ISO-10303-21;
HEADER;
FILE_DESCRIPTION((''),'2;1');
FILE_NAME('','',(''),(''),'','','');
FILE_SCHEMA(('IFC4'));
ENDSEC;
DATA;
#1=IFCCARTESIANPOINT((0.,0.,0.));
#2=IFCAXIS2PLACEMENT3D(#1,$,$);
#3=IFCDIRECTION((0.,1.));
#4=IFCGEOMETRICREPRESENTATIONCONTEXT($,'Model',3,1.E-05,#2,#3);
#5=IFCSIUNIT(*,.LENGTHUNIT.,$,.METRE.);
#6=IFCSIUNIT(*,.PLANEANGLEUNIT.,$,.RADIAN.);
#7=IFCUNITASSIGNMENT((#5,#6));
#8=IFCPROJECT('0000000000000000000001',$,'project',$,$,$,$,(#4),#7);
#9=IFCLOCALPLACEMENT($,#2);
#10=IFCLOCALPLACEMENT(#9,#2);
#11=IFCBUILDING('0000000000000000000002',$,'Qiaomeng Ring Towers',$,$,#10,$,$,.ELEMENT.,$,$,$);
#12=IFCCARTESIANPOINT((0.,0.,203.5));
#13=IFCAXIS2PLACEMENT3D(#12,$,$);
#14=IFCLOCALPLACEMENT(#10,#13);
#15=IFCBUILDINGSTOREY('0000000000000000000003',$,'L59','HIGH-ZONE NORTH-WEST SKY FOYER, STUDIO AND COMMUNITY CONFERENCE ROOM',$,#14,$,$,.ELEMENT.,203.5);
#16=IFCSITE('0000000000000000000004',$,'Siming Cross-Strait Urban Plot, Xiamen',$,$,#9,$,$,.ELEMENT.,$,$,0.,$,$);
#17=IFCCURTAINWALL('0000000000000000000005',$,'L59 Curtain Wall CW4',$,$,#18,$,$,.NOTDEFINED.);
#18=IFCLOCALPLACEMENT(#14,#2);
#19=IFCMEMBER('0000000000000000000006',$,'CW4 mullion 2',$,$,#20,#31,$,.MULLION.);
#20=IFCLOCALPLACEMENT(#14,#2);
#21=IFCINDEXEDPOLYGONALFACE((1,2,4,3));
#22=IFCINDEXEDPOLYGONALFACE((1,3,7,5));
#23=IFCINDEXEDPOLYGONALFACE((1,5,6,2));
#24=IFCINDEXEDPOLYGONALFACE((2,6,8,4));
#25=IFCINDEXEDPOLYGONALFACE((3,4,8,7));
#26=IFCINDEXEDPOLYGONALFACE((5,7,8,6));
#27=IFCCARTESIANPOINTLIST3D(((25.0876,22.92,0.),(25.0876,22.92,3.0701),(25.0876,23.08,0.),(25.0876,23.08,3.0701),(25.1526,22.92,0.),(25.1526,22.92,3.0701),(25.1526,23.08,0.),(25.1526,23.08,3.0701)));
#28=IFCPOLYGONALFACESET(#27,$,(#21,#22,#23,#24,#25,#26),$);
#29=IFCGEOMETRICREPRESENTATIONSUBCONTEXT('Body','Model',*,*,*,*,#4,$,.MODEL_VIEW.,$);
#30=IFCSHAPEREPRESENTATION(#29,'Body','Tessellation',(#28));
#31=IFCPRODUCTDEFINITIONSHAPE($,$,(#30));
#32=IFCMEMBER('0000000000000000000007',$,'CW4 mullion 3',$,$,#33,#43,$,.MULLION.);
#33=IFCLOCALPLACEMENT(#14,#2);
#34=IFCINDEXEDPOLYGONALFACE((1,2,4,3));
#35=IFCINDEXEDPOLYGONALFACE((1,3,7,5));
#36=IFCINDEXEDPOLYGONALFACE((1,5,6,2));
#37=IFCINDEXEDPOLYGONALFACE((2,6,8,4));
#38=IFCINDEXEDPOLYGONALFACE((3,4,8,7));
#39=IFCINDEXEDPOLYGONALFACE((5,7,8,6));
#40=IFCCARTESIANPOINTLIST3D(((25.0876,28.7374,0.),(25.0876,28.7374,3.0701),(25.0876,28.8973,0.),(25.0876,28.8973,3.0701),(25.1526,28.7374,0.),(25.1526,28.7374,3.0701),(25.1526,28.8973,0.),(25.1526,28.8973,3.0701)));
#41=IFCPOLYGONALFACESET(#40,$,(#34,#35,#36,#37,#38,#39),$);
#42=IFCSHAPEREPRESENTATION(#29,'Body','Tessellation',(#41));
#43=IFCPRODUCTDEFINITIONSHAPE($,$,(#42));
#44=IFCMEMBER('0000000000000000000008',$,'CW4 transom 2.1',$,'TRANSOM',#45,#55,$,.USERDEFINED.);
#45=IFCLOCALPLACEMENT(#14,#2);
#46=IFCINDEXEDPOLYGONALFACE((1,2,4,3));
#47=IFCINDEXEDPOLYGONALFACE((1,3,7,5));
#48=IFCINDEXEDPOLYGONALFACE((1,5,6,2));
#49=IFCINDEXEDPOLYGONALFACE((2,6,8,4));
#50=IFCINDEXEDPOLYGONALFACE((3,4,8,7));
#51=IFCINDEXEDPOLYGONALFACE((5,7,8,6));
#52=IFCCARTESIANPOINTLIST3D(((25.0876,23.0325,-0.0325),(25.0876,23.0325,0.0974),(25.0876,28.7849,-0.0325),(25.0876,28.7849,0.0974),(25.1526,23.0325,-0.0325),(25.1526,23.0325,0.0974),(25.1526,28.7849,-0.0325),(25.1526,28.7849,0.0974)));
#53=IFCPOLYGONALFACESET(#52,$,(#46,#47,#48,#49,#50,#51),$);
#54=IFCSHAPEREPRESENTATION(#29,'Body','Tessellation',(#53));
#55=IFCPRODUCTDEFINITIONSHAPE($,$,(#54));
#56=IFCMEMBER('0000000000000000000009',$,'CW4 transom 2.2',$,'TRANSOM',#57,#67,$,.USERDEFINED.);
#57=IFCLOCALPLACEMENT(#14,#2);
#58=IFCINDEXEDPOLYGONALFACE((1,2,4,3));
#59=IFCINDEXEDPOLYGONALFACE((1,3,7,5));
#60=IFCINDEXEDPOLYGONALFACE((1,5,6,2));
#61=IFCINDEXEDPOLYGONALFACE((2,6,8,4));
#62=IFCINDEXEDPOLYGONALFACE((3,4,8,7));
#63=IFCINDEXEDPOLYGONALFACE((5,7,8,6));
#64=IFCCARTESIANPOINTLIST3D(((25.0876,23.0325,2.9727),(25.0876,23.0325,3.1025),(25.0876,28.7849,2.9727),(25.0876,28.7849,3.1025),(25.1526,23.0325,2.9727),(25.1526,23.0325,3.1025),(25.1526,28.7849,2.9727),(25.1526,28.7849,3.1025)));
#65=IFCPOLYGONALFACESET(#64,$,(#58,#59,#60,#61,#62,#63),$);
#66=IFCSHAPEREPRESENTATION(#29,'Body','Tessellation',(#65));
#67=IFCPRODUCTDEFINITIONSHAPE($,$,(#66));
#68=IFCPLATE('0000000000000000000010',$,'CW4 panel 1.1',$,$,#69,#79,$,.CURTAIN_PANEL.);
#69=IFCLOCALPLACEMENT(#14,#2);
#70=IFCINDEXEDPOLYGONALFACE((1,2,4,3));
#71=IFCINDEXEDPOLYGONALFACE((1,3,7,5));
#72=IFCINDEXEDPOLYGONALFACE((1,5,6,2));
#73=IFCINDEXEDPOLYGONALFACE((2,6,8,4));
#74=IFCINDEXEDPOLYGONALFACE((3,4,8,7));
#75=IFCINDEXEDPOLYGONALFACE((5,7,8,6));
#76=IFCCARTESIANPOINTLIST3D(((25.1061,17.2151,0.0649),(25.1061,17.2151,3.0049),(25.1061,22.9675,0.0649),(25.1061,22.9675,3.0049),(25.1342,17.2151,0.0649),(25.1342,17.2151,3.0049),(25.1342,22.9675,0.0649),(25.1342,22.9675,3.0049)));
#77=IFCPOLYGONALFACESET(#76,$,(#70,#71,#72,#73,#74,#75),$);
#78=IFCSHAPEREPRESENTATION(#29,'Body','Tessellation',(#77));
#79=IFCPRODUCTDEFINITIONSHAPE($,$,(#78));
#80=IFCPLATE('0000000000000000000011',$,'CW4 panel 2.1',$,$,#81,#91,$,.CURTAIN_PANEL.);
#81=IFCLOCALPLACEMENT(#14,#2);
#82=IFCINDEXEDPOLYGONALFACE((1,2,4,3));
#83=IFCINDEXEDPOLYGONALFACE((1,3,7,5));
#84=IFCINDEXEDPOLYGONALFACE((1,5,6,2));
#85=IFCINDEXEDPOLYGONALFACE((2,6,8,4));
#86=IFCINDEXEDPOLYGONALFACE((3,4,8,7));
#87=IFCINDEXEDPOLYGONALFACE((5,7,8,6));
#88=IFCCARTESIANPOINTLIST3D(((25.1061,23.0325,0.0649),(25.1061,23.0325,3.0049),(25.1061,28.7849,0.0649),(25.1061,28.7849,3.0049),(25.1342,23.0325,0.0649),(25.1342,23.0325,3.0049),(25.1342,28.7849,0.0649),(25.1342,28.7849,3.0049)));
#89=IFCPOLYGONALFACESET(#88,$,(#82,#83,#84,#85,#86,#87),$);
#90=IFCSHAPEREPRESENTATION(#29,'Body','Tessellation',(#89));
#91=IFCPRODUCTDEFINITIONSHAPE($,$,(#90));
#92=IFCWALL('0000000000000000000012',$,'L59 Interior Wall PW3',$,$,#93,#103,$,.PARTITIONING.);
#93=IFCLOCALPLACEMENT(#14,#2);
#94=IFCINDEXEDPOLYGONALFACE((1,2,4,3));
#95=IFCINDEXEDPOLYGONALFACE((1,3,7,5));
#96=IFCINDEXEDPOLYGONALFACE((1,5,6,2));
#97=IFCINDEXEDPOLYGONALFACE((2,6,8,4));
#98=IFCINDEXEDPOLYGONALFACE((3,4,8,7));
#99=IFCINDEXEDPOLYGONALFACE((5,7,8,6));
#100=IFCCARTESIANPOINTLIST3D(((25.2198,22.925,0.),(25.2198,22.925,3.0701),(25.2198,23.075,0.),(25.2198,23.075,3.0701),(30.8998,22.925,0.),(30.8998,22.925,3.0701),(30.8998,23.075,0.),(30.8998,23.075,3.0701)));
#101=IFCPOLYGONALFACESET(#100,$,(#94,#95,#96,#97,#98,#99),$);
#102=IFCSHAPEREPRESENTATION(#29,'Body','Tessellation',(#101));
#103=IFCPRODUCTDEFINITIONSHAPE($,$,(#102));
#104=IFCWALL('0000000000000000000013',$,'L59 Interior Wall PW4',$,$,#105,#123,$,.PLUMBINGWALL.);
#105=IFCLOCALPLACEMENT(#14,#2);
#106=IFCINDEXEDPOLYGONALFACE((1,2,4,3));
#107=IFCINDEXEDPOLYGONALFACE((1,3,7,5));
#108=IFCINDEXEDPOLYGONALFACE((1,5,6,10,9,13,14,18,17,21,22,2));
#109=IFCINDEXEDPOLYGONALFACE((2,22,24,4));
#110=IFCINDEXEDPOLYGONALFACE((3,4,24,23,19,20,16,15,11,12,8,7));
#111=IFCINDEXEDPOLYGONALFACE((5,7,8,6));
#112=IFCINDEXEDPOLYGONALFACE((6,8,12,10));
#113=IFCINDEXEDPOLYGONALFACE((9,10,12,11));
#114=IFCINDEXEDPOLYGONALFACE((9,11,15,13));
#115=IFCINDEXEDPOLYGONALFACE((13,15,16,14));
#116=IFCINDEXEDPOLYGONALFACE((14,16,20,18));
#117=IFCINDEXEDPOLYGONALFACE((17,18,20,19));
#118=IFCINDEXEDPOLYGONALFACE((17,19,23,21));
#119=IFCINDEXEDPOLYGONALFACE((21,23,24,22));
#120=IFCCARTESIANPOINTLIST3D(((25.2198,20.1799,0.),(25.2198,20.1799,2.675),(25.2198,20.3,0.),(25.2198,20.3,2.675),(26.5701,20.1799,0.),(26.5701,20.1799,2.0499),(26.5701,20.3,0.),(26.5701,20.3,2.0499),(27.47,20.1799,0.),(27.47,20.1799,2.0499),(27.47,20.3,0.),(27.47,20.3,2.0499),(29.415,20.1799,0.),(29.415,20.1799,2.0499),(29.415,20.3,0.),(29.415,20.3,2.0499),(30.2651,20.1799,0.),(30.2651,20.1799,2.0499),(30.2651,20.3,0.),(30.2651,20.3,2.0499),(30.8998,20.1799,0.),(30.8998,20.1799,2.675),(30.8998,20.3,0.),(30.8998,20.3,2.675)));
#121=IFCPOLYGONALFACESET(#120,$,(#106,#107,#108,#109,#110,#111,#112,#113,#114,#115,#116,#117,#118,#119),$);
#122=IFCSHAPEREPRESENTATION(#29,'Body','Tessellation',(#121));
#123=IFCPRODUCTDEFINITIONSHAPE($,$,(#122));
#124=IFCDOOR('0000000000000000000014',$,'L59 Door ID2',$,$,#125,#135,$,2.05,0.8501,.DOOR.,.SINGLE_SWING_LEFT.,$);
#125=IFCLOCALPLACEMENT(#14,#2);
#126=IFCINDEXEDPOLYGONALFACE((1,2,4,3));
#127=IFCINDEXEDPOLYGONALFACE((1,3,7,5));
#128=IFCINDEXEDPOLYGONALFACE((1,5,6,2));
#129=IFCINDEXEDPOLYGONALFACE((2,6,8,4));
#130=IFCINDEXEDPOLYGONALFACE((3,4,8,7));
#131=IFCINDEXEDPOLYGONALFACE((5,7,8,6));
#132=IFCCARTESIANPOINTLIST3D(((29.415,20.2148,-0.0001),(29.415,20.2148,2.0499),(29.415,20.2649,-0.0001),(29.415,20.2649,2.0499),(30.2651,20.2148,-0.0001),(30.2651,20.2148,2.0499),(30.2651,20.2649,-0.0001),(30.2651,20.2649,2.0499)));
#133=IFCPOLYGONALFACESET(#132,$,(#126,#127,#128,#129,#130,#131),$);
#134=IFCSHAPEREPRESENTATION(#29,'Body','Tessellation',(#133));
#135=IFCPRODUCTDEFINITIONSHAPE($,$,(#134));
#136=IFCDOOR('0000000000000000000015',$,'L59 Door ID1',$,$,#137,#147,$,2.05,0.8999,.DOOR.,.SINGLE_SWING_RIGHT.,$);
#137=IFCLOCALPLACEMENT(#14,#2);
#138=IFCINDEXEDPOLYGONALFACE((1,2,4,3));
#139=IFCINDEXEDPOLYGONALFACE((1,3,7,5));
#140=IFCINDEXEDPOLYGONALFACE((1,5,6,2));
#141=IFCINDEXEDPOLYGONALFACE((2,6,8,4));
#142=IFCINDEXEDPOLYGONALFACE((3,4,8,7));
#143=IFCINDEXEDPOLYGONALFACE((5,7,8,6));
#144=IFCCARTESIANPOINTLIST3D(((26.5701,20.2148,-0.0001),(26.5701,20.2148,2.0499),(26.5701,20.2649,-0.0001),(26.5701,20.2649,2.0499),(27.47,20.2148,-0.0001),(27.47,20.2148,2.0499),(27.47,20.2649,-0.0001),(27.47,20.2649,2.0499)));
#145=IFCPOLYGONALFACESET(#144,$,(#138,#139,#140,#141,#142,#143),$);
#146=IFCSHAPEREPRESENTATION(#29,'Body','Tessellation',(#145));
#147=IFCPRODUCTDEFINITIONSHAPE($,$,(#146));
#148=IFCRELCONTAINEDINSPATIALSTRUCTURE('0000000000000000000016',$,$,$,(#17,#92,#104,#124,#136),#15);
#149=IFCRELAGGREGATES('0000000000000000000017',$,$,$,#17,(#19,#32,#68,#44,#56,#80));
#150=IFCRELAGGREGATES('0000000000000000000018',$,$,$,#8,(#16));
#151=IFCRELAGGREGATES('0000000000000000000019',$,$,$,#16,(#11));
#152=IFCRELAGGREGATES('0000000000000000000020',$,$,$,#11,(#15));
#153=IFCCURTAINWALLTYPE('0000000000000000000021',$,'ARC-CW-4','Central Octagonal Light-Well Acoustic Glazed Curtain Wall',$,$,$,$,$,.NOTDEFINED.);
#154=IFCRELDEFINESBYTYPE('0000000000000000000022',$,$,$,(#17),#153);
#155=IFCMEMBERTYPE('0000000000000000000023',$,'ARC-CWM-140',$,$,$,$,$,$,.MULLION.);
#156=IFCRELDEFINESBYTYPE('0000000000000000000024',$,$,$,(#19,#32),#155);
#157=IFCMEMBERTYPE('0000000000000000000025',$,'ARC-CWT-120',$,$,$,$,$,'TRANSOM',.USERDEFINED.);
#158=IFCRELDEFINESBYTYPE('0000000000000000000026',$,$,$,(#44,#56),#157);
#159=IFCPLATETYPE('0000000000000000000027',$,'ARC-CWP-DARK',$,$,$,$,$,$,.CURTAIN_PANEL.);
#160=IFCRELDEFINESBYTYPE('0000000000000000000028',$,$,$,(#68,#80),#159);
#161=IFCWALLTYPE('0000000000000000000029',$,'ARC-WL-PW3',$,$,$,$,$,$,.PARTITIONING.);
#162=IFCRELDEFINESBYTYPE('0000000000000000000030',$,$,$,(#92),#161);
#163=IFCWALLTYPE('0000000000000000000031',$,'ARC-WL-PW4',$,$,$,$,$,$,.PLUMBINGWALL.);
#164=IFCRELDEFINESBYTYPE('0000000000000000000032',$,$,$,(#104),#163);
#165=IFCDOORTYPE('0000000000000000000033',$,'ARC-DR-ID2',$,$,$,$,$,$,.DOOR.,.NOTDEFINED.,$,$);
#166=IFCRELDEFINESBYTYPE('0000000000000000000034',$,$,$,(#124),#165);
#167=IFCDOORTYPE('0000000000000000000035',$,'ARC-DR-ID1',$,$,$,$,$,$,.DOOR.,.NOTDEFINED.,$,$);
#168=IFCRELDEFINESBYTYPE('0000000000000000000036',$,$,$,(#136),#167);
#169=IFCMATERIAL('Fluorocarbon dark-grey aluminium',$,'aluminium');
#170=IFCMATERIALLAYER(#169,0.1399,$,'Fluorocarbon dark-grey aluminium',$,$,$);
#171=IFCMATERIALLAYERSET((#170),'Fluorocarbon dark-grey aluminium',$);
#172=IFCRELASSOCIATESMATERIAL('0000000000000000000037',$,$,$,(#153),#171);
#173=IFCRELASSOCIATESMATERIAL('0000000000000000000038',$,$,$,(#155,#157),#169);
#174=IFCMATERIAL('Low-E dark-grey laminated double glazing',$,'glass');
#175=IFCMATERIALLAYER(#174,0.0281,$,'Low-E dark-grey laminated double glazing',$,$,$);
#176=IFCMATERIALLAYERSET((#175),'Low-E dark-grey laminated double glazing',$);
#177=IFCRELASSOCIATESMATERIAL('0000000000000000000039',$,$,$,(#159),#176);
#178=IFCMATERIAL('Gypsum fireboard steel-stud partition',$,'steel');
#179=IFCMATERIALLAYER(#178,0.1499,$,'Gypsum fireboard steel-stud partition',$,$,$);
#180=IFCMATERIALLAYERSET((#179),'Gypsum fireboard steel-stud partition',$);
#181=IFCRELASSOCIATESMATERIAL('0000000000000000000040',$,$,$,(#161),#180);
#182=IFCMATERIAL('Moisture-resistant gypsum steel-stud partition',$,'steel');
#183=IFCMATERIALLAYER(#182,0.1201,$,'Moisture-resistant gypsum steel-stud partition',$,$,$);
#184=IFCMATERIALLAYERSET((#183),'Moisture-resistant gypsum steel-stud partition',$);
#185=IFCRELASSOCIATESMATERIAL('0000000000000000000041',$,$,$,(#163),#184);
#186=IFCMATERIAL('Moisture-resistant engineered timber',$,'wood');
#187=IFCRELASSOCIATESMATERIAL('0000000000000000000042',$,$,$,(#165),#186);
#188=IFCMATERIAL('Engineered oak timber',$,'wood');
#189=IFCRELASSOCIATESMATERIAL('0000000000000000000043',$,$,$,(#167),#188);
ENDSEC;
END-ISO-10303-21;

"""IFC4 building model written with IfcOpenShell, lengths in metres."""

from ifc_helpers import new_model, si_unit, direction, frame, frame_2d, origin, origin_2d, place, context, subcontext, project, spatial, rectangle, extrude, source, transform, mapped, material, layer, layer_set, material_profile, profile_set, type_object, element, fill, aggregate, save


model = new_model("IFC4")

# Units and contexts
model_context = context("Model", 3, precision=1e-05, world=origin(), true_north=direction((0.0, 1.0)))
body_context = subcontext(model_context, "Body", "Model", "MODEL_VIEW")
ifc_project = project(units=[si_unit("LENGTHUNIT", "METRE"), si_unit("PLANEANGLEUNIT", "RADIAN")], contexts=[model_context])

# Site, building, storey
site_placement = place(None, origin())
site = spatial("IfcSite", under=ifc_project, at=site_placement, Name="Siming Cross-Strait Urban Plot, Xiamen", CompositionType="ELEMENT", RefElevation=0.0)
building_placement = place(site_placement, origin())
building = spatial("IfcBuilding", under=site, at=building_placement, Name="Qiaomeng Ring Towers", CompositionType="ELEMENT")
storey_placement = place(building_placement, frame((0.0, 0.0, 203.5)))
storey = spatial("IfcBuildingStorey", under=building, at=storey_placement, Name="L59", Description="HIGH-ZONE NORTH-WEST SKY FOYER, STUDIO AND COMMUNITY CONFERENCE ROOM", CompositionType="ELEMENT", Elevation=203.5)

# Curtain wall, members, plates
ifc_material_1 = material(Name="Fluorocarbon dark-grey aluminium", Category="aluminium")
ifc_layer_1 = layer(ifc_material_1, 0.1399, Name="Fluorocarbon dark-grey aluminium")
ifc_layer_set_1 = layer_set([ifc_layer_1], Name="Fluorocarbon dark-grey aluminium")
curtain_wall_type = type_object("IfcCurtainWallType", Name="ARC-CW-4", Description="Central Octagonal Light-Well Acoustic Glazed Curtain Wall", PredefinedType="NOTDEFINED", material=ifc_layer_set_1)
curtain_wall_placement = place(storey_placement, origin())
curtain_wall = element("IfcCurtainWall", 1, at=curtain_wall_placement, inside=storey, type_object=curtain_wall_type, Name="L59 Curtain Wall CW4", PredefinedType="NOTDEFINED")
ifc_material_profile_1 = material_profile(ifc_material_1, rectangle(XDim=0.0649, YDim=0.1599, at=origin_2d()), Name="ALU MULL 65x160")
ifc_profile_set_1 = profile_set([ifc_material_profile_1], Name="Fluorocarbon dark-grey aluminium")
member_type_1 = type_object("IfcMemberType", Name="ARC-CWM-140", PredefinedType="MULLION", material=ifc_profile_set_1)
shared_shape_1 = source(origin(), body_context, "Body", "SweptSolid", [
    extrude(rectangle(XDim=0.0649, YDim=0.1599, at=origin_2d()), origin(), (0.0, 0.0, 1.0), 3.0701),
])
member_1_placement = place(storey_placement, frame((25.1201, 23.0, 0.0), z_axis=(0.0, 0.0, 1.0), x_axis=(-1.0, 0.0, 0.0)))
member_1 = element("IfcMember", 2, at=member_1_placement, type_object=member_type_1, Name="CW4 mullion 2", PredefinedType="MULLION", context=body_context, shape_type="MappedRepresentation", body=[
    mapped(shared_shape_1, transform((0.0, 0.0, 0.0), x_axis=(1.0, 0.0, 0.0), y_axis=(0.0, 1.0, 0.0), z_axis=(0.0, 0.0, 1.0), scale=1.0)),
])
member_2_placement = place(storey_placement, frame((25.1201, 28.8174, 0.0), z_axis=(0.0, 0.0, 1.0), x_axis=(-1.0, 0.0, 0.0)))
member_2 = element("IfcMember", 3, at=member_2_placement, type_object=member_type_1, Name="CW4 mullion 3", PredefinedType="MULLION", context=body_context, shape_type="MappedRepresentation", body=[
    mapped(shared_shape_1, transform((0.0, 0.0, 0.0), x_axis=(1.0, 0.0, 0.0), y_axis=(0.0, 1.0, 0.0), z_axis=(0.0, 0.0, 1.0), scale=1.0)),
])
ifc_material_profile_2 = material_profile(ifc_material_1, rectangle(XDim=0.0649, YDim=0.1299, at=origin_2d()), Name="ALU TRAN 65x130")
ifc_profile_set_2 = profile_set([ifc_material_profile_2], Name="Fluorocarbon dark-grey aluminium")
member_type_2 = type_object("IfcMemberType", Name="ARC-CWT-120", ElementType="TRANSOM", PredefinedType="USERDEFINED", material=ifc_profile_set_2)
shared_shape_2 = source(origin(), body_context, "Body", "SweptSolid", [
    extrude(rectangle(XDim=0.0649, YDim=0.1299, at=origin_2d()), origin(), (0.0, 0.0, 1.0), 5.7524),
])
member_3_placement = place(storey_placement, frame((25.1201, 23.0325, 0.0325), z_axis=(0.0, 1.0, 0.0), x_axis=(-1.0, 0.0, 0.0)))
member_3 = element("IfcMember", 4, at=member_3_placement, type_object=member_type_2, Name="CW4 transom 2.1", ObjectType="TRANSOM", PredefinedType="USERDEFINED", context=body_context, shape_type="MappedRepresentation", body=[
    mapped(shared_shape_2, transform((0.0, 0.0, 0.0), x_axis=(1.0, 0.0, 0.0), y_axis=(0.0, 1.0, 0.0), z_axis=(0.0, 0.0, 1.0), scale=1.0)),
])
member_4_placement = place(storey_placement, frame((25.1201, 23.0325, 3.0376), z_axis=(0.0, 1.0, 0.0), x_axis=(-1.0, 0.0, 0.0)))
member_4 = element("IfcMember", 5, at=member_4_placement, type_object=member_type_2, Name="CW4 transom 2.2", ObjectType="TRANSOM", PredefinedType="USERDEFINED", context=body_context, shape_type="MappedRepresentation", body=[
    mapped(shared_shape_2, transform((0.0, 0.0, 0.0), x_axis=(1.0, 0.0, 0.0), y_axis=(0.0, 1.0, 0.0), z_axis=(0.0, 0.0, 1.0), scale=1.0)),
])
ifc_material_2 = material(Name="Low-E dark-grey laminated double glazing", Category="glass")
ifc_layer_2 = layer(ifc_material_2, 0.0281, Name="Low-E dark-grey laminated double glazing")
ifc_layer_set_2 = layer_set([ifc_layer_2], Name="Low-E dark-grey laminated double glazing")
plate_type = type_object("IfcPlateType", Name="ARC-CWP-DARK", PredefinedType="CURTAIN_PANEL", material=ifc_layer_set_2)
shared_shape_3 = source(origin(), body_context, "Body", "SweptSolid", [
    extrude(rectangle(XDim=5.7524, YDim=0.0281, at=origin_2d()), origin(), (0.0, 0.0, 1.0), 2.9399),
])
plate_1_placement = place(storey_placement, frame((25.1201, 20.0913, 0.0649), z_axis=(0.0, 0.0, 1.0), x_axis=(0.0, 1.0, 0.0)))
plate_1 = element("IfcPlate", 6, at=plate_1_placement, type_object=plate_type, Name="CW4 panel 1.1", PredefinedType="CURTAIN_PANEL", context=body_context, shape_type="MappedRepresentation", body=[
    mapped(shared_shape_3, transform((0.0, 0.0, 0.0), x_axis=(1.0, 0.0, 0.0), y_axis=(0.0, 1.0, 0.0), z_axis=(0.0, 0.0, 1.0), scale=1.0)),
])
plate_2_placement = place(storey_placement, frame((25.1201, 25.9087, 0.0649), z_axis=(0.0, 0.0, 1.0), x_axis=(0.0, 1.0, 0.0)))
plate_2 = element("IfcPlate", 7, at=plate_2_placement, type_object=plate_type, Name="CW4 panel 2.1", PredefinedType="CURTAIN_PANEL", context=body_context, shape_type="MappedRepresentation", body=[
    mapped(shared_shape_3, transform((0.0, 0.0, 0.0), x_axis=(1.0, 0.0, 0.0), y_axis=(0.0, 1.0, 0.0), z_axis=(0.0, 0.0, 1.0), scale=1.0)),
])
aggregate(curtain_wall, [member_1, member_2, plate_1, member_3, member_4, plate_2])

# Wall
ifc_material_3 = material(Name="Gypsum fireboard steel-stud partition", Category="steel")
ifc_layer_3 = layer(ifc_material_3, 0.1499, Name="Gypsum fireboard steel-stud partition")
ifc_layer_set_3 = layer_set([ifc_layer_3], Name="Gypsum fireboard steel-stud partition")
wall_type_1 = type_object("IfcWallType", Name="ARC-WL-PW3", PredefinedType="PARTITIONING", material=ifc_layer_set_3)
wall_1_placement = place(storey_placement, frame((25.22, 23.0, 0.0), z_axis=(0.0, 0.0, 1.0), x_axis=(1.0, 0.0, 0.0)))
element("IfcWall", 8, at=wall_1_placement, inside=storey, type_object=wall_type_1, Name="L59 Interior Wall PW3", PredefinedType="PARTITIONING", context=body_context, shape_type="SweptSolid", body=[
    extrude(rectangle(XDim=5.6799, YDim=0.1499, at=frame_2d((2.8398, 0.0))), origin(), (0.0, 0.0, 1.0), 3.0701),
])

# Wall, openings, doors
ifc_material_4 = material(Name="Moisture-resistant gypsum steel-stud partition", Category="steel")
ifc_layer_4 = layer(ifc_material_4, 0.1201, Name="Moisture-resistant gypsum steel-stud partition")
ifc_layer_set_4 = layer_set([ifc_layer_4], Name="Moisture-resistant gypsum steel-stud partition")
wall_type_2 = type_object("IfcWallType", Name="ARC-WL-PW4", PredefinedType="PLUMBINGWALL", material=ifc_layer_set_4)
wall_2_placement = place(storey_placement, frame((25.22, 20.24, 0.0), z_axis=(0.0, 0.0, 1.0), x_axis=(1.0, 0.0, 0.0)))
wall_2 = element("IfcWall", 9, at=wall_2_placement, inside=storey, type_object=wall_type_2, Name="L59 Interior Wall PW4", PredefinedType="PLUMBINGWALL", context=body_context, shape_type="SweptSolid", body=[
    extrude(rectangle(XDim=5.6799, YDim=0.1201, at=frame_2d((2.8398, 0.0))), origin(), (0.0, 0.0, 1.0), 2.675),
])
opening_1_placement = place(wall_2_placement, frame((1.3501, 0.0, 0.0)))
opening_1 = element("IfcOpeningElement", 10, at=opening_1_placement, cuts=wall_2, PredefinedType="OPENING", context=body_context, shape_type="SweptSolid", body=[
    extrude(rectangle(XDim=0.8999, YDim=2.05, at=frame_2d((0.45, 1.0249))), frame((0.0, 0.0701, 0.0), z_axis=(0.0, -1.0, 0.0), x_axis=(1.0, 0.0, 0.0)), (0.0, 0.0, 1.0), 0.1401),
])
opening_2_placement = place(wall_2_placement, frame((4.1951, 0.0, 0.0)))
opening_2 = element("IfcOpeningElement", 11, at=opening_2_placement, cuts=wall_2, PredefinedType="OPENING", context=body_context, shape_type="SweptSolid", body=[
    extrude(rectangle(XDim=0.8501, YDim=2.05, at=frame_2d((0.425, 1.0249))), frame((0.0, 0.0701, 0.0), z_axis=(0.0, -1.0, 0.0), x_axis=(1.0, 0.0, 0.0)), (0.0, 0.0, 1.0), 0.1401),
])
ifc_material_5 = material(Name="Moisture-resistant engineered timber", Category="wood")
door_type_1 = type_object("IfcDoorType", Name="ARC-DR-ID2", OperationType="NOTDEFINED", PredefinedType="DOOR", material=ifc_material_5)
shared_shape_4 = source(origin(), body_context, "Body", "SweptSolid", [
    extrude(rectangle(XDim=0.8501, YDim=2.05, at=frame_2d((0.425, 1.0249))), frame((0.0, 0.0249, 0.0), z_axis=(0.0, -1.0, 0.0), x_axis=(1.0, 0.0, 0.0)), (0.0, 0.0, 1.0), 0.05),
])
door_1_placement = place(opening_2_placement, origin())
door_1 = element("IfcDoor", 12, at=door_1_placement, inside=storey, type_object=door_type_1, Name="L59 Door ID2", OperationType="SINGLE_SWING_LEFT", OverallHeight=2.05, OverallWidth=0.8501, PredefinedType="DOOR", context=body_context, shape_type="MappedRepresentation", body=[
    mapped(shared_shape_4, transform((0.0, 0.0, 0.0), x_axis=(1.0, 0.0, 0.0), y_axis=(0.0, 1.0, 0.0), z_axis=(0.0, 0.0, 1.0), scale=1.0)),
])
fill(opening_2, door_1)
ifc_material_6 = material(Name="Engineered oak timber", Category="wood")
door_type_2 = type_object("IfcDoorType", Name="ARC-DR-ID1", OperationType="NOTDEFINED", PredefinedType="DOOR", material=ifc_material_6)
shared_shape_5 = source(origin(), body_context, "Body", "SweptSolid", [
    extrude(rectangle(XDim=0.8999, YDim=2.05, at=frame_2d((0.45, 1.0249))), frame((0.0, 0.0249, 0.0), z_axis=(0.0, -1.0, 0.0), x_axis=(1.0, 0.0, 0.0)), (0.0, 0.0, 1.0), 0.05),
])
door_2_placement = place(opening_1_placement, origin())
door_2 = element("IfcDoor", 13, at=door_2_placement, inside=storey, type_object=door_type_2, Name="L59 Door ID1", OperationType="SINGLE_SWING_RIGHT", OverallHeight=2.05, OverallWidth=0.8999, PredefinedType="DOOR", context=body_context, shape_type="MappedRepresentation", body=[
    mapped(shared_shape_5, transform((0.0, 0.0, 0.0), x_axis=(1.0, 0.0, 0.0), y_axis=(0.0, 1.0, 0.0), z_axis=(0.0, 0.0, 1.0), scale=1.0)),
])
fill(opening_1, door_2)

save(model, "model.ifc")
